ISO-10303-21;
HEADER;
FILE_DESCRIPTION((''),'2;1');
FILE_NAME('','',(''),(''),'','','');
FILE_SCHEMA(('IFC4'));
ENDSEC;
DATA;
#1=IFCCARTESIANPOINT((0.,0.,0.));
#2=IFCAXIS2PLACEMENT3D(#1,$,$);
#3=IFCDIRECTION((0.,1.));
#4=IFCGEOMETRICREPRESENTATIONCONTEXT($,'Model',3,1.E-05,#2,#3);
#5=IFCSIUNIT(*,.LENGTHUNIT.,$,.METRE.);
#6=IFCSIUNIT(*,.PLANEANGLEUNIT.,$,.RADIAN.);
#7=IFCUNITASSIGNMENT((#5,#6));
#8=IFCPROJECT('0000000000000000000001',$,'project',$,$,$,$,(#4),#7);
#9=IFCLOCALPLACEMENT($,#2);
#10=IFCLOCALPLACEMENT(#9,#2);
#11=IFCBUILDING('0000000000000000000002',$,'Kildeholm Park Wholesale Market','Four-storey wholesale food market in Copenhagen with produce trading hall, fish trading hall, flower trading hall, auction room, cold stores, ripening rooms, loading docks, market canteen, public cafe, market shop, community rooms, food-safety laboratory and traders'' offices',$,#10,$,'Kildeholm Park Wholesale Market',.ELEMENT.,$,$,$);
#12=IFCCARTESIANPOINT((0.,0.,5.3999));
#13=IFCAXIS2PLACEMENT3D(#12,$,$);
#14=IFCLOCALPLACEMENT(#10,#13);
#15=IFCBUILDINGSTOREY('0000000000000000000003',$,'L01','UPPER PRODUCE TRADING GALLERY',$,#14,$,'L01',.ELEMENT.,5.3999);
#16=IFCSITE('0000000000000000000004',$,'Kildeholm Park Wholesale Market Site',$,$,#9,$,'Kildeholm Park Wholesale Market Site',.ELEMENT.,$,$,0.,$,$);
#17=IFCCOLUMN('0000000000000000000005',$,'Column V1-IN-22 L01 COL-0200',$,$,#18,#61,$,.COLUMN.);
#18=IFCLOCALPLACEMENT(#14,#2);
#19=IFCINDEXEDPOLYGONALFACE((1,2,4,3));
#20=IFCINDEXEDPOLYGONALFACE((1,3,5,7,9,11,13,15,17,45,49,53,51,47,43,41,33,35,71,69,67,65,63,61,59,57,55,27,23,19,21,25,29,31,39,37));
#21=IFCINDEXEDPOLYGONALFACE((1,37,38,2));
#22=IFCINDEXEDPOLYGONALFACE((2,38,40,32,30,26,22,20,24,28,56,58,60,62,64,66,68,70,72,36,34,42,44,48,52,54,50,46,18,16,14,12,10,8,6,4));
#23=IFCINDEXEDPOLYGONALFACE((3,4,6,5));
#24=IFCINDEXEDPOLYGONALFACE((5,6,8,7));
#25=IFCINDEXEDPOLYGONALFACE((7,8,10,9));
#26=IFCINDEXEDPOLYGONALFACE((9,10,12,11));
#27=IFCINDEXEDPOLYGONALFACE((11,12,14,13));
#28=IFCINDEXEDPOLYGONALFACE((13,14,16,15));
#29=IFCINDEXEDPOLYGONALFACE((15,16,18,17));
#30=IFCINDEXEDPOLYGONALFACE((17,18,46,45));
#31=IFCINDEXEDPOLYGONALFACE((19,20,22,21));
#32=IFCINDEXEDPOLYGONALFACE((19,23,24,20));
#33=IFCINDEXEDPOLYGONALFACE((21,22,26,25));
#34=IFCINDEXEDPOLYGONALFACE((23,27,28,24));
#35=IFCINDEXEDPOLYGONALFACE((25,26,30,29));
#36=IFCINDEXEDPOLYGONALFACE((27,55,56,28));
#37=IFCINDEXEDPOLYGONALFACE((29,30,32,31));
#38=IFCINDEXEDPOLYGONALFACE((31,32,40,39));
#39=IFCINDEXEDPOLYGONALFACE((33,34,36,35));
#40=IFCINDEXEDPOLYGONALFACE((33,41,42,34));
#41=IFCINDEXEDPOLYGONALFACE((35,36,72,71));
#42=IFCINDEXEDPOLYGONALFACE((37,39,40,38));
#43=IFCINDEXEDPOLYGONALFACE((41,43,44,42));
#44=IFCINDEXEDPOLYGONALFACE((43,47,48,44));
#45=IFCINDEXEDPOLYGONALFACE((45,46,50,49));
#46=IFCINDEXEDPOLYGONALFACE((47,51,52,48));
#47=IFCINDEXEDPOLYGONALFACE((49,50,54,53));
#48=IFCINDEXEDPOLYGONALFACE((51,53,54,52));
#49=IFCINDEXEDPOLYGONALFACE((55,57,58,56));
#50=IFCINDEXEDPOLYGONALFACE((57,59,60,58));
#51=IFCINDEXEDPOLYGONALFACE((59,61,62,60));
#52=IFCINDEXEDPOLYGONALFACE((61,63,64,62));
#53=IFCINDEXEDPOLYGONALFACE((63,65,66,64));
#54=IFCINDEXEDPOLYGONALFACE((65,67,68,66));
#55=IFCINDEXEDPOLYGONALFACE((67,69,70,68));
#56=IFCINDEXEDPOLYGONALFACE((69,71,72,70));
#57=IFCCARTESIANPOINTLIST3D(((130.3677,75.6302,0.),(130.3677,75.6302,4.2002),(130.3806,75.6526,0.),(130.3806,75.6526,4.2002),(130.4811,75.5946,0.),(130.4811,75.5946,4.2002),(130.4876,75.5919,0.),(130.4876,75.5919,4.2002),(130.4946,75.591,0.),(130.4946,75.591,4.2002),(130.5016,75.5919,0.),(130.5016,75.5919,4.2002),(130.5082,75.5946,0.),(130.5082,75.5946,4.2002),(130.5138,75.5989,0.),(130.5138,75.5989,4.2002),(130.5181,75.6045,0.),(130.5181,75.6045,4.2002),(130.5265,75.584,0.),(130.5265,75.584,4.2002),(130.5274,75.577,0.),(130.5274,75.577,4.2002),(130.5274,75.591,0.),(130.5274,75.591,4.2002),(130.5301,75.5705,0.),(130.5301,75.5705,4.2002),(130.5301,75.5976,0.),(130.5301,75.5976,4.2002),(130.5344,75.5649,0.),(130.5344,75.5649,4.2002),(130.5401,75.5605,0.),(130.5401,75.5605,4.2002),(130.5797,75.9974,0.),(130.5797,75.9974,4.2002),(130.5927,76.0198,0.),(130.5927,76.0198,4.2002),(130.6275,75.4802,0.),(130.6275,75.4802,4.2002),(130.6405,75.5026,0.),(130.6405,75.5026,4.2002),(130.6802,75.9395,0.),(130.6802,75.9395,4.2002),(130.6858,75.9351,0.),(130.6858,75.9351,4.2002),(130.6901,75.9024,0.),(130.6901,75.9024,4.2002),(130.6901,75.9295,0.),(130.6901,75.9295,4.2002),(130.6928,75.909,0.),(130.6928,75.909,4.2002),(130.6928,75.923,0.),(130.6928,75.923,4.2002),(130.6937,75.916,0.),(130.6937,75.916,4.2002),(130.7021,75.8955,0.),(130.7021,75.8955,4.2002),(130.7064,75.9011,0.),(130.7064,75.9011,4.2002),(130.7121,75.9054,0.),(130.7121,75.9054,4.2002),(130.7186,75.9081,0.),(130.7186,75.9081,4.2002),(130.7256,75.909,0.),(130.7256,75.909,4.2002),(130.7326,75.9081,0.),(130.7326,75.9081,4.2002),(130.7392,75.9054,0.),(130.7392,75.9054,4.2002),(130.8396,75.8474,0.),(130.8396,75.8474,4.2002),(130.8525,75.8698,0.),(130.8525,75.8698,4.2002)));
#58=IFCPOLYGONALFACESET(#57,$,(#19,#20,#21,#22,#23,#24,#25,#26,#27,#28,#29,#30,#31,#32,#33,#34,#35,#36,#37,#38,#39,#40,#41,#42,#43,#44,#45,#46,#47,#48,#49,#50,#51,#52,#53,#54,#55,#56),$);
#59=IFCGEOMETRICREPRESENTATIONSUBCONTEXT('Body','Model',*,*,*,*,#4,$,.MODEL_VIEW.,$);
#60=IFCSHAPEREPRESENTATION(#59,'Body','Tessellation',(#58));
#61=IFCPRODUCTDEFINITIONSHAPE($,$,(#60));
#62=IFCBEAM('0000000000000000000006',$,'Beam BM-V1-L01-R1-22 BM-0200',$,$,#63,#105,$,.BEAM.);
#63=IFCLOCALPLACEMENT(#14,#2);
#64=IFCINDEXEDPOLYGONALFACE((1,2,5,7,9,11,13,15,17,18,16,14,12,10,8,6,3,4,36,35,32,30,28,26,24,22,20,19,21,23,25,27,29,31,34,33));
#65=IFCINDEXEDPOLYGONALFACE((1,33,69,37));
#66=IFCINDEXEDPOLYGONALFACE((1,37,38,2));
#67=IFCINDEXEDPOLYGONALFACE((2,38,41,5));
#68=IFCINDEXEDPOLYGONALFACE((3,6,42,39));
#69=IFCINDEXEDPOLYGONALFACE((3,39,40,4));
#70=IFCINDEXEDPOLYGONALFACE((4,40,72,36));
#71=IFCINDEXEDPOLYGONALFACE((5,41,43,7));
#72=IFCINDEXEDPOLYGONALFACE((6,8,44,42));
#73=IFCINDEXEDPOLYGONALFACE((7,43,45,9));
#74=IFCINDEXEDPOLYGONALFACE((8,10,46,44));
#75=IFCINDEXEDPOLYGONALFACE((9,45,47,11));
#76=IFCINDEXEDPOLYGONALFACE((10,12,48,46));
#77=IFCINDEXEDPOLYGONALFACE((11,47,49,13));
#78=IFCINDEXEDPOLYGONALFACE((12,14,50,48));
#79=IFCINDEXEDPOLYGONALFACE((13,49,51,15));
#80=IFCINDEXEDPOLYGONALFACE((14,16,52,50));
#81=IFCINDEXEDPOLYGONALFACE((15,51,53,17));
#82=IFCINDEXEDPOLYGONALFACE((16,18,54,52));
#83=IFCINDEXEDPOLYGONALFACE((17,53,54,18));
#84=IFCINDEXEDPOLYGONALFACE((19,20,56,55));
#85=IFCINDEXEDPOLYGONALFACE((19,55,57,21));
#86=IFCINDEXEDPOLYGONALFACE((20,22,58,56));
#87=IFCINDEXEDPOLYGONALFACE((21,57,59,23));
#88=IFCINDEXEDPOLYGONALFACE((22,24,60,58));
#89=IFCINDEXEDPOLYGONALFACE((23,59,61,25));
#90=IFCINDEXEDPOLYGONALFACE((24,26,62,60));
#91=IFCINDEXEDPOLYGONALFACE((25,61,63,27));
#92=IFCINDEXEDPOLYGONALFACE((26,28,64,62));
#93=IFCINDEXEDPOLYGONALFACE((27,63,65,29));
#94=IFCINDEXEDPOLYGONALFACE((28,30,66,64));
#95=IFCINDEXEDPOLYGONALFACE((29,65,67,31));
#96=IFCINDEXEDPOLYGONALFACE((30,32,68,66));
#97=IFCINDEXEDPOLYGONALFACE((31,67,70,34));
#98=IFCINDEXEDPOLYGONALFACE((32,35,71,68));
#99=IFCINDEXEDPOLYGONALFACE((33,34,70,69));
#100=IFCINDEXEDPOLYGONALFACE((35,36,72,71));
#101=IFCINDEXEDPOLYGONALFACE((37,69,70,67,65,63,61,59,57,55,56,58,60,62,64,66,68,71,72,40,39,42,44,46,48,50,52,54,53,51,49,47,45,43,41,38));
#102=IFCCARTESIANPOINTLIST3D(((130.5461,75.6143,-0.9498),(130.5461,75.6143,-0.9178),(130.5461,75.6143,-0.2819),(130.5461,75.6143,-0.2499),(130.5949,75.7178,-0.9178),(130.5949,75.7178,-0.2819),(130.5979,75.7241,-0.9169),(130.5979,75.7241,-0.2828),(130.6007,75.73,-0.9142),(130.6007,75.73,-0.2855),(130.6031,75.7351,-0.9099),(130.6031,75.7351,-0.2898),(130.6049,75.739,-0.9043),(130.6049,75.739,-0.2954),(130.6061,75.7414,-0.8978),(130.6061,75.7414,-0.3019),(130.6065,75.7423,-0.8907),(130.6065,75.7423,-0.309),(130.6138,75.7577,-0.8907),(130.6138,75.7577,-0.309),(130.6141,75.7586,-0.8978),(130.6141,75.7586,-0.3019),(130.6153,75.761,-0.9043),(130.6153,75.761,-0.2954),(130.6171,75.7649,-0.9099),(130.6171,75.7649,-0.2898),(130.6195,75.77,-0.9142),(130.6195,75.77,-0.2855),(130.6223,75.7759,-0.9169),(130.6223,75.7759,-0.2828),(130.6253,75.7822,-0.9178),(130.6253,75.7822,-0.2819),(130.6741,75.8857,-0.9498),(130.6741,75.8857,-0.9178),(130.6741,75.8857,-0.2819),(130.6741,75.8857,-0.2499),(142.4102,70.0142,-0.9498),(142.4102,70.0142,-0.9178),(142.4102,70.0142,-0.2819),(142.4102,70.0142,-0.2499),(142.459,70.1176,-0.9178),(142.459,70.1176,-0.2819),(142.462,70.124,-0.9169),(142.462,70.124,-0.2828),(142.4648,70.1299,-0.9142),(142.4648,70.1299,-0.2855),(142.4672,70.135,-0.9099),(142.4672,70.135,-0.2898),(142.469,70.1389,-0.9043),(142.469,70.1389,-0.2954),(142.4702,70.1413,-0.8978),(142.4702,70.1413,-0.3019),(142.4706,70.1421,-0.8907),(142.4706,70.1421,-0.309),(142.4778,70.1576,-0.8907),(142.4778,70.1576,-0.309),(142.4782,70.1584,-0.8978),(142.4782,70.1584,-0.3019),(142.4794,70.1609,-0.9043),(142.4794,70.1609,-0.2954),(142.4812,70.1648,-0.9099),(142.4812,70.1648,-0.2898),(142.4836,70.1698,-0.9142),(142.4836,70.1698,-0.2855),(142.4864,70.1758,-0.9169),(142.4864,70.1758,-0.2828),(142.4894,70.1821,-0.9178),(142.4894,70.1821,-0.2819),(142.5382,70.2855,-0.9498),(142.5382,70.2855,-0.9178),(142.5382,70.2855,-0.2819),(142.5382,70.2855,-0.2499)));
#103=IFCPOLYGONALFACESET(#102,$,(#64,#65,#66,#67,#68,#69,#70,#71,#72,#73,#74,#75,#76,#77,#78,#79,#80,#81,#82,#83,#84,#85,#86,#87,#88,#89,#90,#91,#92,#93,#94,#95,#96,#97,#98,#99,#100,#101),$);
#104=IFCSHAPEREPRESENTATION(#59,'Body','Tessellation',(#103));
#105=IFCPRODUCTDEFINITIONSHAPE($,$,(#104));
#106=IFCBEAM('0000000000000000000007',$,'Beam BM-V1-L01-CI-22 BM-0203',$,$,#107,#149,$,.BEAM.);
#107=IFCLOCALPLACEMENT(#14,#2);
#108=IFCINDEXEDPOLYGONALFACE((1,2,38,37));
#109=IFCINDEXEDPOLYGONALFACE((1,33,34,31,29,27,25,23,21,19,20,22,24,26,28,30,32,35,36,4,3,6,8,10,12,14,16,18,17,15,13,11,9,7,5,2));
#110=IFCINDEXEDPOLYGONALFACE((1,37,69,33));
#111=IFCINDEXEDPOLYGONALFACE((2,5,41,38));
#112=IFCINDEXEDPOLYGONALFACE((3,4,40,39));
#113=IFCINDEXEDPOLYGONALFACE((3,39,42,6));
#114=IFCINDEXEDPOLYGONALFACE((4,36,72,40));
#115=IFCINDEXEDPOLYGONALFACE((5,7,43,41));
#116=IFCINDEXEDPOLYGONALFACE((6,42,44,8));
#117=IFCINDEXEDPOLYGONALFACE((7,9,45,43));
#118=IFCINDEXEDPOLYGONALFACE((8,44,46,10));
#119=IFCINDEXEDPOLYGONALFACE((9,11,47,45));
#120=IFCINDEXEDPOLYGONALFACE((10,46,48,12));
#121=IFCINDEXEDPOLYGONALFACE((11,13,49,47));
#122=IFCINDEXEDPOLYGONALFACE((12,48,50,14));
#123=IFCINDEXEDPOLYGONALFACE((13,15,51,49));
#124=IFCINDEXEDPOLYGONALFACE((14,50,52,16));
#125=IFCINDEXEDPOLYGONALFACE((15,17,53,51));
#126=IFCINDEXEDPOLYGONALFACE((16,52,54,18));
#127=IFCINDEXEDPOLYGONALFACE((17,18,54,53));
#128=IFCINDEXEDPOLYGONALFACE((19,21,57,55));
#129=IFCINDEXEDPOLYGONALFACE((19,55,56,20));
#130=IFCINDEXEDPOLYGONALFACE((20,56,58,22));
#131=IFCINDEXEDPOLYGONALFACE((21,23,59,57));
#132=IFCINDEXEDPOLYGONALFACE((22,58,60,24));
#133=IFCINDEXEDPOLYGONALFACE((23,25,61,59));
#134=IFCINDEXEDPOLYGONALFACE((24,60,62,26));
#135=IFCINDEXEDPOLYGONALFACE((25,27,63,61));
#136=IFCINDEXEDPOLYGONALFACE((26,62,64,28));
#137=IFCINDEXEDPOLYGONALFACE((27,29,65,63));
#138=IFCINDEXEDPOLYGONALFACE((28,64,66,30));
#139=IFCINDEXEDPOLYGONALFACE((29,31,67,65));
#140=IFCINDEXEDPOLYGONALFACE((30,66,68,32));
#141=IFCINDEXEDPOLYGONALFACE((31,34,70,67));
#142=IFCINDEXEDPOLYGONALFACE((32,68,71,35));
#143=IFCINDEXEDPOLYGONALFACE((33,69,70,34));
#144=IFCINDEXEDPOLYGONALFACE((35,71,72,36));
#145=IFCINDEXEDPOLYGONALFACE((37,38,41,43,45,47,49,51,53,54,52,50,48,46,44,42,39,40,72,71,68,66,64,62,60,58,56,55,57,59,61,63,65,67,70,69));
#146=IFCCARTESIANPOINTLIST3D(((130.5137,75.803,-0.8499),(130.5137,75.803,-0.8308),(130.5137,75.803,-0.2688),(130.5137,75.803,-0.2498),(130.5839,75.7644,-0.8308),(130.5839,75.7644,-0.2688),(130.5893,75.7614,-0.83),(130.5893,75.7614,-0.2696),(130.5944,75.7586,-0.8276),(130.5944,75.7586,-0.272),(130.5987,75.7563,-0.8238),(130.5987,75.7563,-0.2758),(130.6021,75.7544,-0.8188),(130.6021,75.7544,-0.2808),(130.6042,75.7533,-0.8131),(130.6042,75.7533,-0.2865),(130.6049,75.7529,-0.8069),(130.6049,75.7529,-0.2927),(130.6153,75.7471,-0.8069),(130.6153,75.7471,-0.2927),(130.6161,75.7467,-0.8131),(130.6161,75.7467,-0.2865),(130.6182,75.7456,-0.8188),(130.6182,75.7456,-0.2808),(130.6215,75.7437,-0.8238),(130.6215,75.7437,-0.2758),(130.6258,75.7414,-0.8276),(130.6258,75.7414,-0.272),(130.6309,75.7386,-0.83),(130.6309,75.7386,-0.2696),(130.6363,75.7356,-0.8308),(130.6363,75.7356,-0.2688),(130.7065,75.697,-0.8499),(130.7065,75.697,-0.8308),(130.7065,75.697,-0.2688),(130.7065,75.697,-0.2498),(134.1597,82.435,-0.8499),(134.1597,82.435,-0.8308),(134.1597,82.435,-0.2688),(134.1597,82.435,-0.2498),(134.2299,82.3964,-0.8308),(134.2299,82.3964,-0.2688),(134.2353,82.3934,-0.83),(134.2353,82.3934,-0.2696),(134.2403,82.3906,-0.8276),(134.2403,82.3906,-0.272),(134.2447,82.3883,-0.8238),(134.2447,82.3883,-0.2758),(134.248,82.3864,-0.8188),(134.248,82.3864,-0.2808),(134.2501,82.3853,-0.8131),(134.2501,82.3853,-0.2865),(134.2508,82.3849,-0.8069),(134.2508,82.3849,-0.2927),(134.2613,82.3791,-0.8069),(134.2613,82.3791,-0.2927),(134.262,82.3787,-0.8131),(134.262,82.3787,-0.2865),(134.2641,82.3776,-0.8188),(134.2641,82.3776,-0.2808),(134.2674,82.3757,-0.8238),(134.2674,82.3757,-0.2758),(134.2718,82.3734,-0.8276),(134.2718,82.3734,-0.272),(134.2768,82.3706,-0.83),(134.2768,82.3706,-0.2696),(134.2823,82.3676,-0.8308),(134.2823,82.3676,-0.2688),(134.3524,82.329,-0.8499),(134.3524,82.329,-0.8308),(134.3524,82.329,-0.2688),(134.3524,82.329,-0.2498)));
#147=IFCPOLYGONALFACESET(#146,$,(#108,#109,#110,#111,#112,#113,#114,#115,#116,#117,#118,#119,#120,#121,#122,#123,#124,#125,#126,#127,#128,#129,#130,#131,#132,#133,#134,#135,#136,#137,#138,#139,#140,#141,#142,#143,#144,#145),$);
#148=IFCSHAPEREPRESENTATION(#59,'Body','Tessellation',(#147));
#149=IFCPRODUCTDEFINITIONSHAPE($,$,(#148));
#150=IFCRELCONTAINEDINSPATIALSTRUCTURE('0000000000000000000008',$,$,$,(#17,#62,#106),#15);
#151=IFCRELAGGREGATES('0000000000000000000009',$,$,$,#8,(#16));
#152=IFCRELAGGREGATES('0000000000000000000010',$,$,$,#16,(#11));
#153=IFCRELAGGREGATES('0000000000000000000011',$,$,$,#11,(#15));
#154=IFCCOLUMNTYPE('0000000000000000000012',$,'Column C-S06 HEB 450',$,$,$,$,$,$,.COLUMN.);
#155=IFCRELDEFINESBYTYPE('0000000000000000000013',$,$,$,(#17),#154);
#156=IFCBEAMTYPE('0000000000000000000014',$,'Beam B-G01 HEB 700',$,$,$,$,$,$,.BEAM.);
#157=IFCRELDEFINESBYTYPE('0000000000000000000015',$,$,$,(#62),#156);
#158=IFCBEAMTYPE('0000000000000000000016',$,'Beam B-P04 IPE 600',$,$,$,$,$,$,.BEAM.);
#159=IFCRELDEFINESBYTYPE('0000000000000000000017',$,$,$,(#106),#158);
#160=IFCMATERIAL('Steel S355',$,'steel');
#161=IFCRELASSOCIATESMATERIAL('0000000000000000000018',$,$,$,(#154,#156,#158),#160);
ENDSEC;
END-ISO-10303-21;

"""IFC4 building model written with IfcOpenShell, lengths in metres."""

from ifc_helpers import new_model, si_unit, direction, frame, origin, origin_2d, place, context, subcontext, project, spatial, i_section, extrude, material, material_profile, profile_set, type_object, element, save


model = new_model("IFC4")

# Units and contexts
model_context = context("Model", 3, precision=1e-05, world=origin(), true_north=direction((0.0, 1.0)))
body_context = subcontext(model_context, "Body", "Model", "MODEL_VIEW")
ifc_project = project(units=[si_unit("LENGTHUNIT", "METRE"), si_unit("PLANEANGLEUNIT", "RADIAN")], contexts=[model_context])

# Site, building, storey
site_placement = place(None, origin())
site = spatial("IfcSite", under=ifc_project, at=site_placement, Name="Kildeholm Park Wholesale Market Site", LongName="Kildeholm Park Wholesale Market Site", CompositionType="ELEMENT", RefElevation=0.0)
building_placement = place(site_placement, origin())
building = spatial("IfcBuilding", under=site, at=building_placement, Name="Kildeholm Park Wholesale Market", Description="Four-storey wholesale food market in Copenhagen with produce trading hall, fish trading hall, flower trading hall, auction room, cold stores, ripening rooms, loading docks, market canteen, public cafe, market shop, community rooms, food-safety laboratory and traders' offices", LongName="Kildeholm Park Wholesale Market", CompositionType="ELEMENT")
storey_placement = place(building_placement, frame((0.0, 0.0, 5.3999)))
storey = spatial("IfcBuildingStorey", under=building, at=storey_placement, Name="L01", Description="UPPER PRODUCE TRADING GALLERY", LongName="L01", CompositionType="ELEMENT", Elevation=5.3999)

# Column
ifc_material_1 = material(Name="Steel S355", Category="steel")
ifc_material_profile_1 = material_profile(ifc_material_1, i_section(OverallWidth=0.3, OverallDepth=0.45, WebThickness=0.0139, FlangeThickness=0.0259, FilletRadius=0.0271, at=origin_2d()), Name="HEB 450")
ifc_profile_set_1 = profile_set([ifc_material_profile_1], Name="Steel S355")
column_type = type_object("IfcColumnType", Name="Column C-S06 HEB 450", PredefinedType="COLUMN", material=ifc_profile_set_1)
column_placement = place(storey_placement, frame((130.6101, 75.75, 0.0), z_axis=(0.0, 0.0, 1.0), x_axis=(0.866025, -0.5, 0.0)))
element("IfcColumn", 1, at=column_placement, inside=storey, type_object=column_type, Name="Column V1-IN-22 L01 COL-0200", PredefinedType="COLUMN", context=body_context, shape_type="SweptSolid", body=[
    extrude(i_section(OverallWidth=0.3, OverallDepth=0.45, WebThickness=0.0139, FlangeThickness=0.0259, FilletRadius=0.0271, at=origin_2d()), origin(), (0.0, 0.0, 1.0), 4.2002),
])

# Beams
ifc_material_profile_2 = material_profile(ifc_material_1, i_section(OverallWidth=0.3, OverallDepth=0.7, WebThickness=0.0171, FlangeThickness=0.032, FilletRadius=0.0271, at=origin_2d()), Name="HEB 700")
ifc_profile_set_2 = profile_set([ifc_material_profile_2], Name="Steel S355")
beam_type_1 = type_object("IfcBeamType", Name="Beam B-G01 HEB 700", PredefinedType="BEAM", material=ifc_profile_set_2)
beam_1_placement = place(storey_placement, frame((130.6101, 75.75, -0.5999), z_axis=(0.904318, -0.42686, 0.0), x_axis=(0.42686, 0.904318, 0.0)))
element("IfcBeam", 2, at=beam_1_placement, inside=storey, type_object=beam_type_1, Name="Beam BM-V1-L01-R1-22 BM-0200", PredefinedType="BEAM", context=body_context, shape_type="SweptSolid", body=[
    extrude(i_section(OverallWidth=0.3, OverallDepth=0.7, WebThickness=0.0171, FlangeThickness=0.032, FilletRadius=0.0271, at=origin_2d()), origin(), (0.0, 0.0, 1.0), 13.1194),
])
ifc_material_profile_3 = material_profile(ifc_material_1, i_section(OverallWidth=0.22, OverallDepth=0.6001, WebThickness=0.012, FlangeThickness=0.019, FilletRadius=0.0239, at=origin_2d()), Name="IPE 600")
ifc_profile_set_3 = profile_set([ifc_material_profile_3], Name="Steel S355")
beam_type_2 = type_object("IfcBeamType", Name="Beam B-P04 IPE 600", PredefinedType="BEAM", material=ifc_profile_set_3)
beam_2_placement = place(storey_placement, frame((130.6101, 75.75, -0.5498), z_axis=(0.481752, 0.876308, 0.0), x_axis=(-0.876308, 0.481752, 0.0)))
element("IfcBeam", 3, at=beam_2_placement, inside=storey, type_object=beam_type_2, Name="Beam BM-V1-L01-CI-22 BM-0203", PredefinedType="BEAM", context=body_context, shape_type="SweptSolid", body=[
    extrude(i_section(OverallWidth=0.22, OverallDepth=0.6001, WebThickness=0.012, FlangeThickness=0.019, FilletRadius=0.0239, at=origin_2d()), origin(), (0.0, 0.0, 1.0), 7.5681),
])

save(model, "model.ifc")
